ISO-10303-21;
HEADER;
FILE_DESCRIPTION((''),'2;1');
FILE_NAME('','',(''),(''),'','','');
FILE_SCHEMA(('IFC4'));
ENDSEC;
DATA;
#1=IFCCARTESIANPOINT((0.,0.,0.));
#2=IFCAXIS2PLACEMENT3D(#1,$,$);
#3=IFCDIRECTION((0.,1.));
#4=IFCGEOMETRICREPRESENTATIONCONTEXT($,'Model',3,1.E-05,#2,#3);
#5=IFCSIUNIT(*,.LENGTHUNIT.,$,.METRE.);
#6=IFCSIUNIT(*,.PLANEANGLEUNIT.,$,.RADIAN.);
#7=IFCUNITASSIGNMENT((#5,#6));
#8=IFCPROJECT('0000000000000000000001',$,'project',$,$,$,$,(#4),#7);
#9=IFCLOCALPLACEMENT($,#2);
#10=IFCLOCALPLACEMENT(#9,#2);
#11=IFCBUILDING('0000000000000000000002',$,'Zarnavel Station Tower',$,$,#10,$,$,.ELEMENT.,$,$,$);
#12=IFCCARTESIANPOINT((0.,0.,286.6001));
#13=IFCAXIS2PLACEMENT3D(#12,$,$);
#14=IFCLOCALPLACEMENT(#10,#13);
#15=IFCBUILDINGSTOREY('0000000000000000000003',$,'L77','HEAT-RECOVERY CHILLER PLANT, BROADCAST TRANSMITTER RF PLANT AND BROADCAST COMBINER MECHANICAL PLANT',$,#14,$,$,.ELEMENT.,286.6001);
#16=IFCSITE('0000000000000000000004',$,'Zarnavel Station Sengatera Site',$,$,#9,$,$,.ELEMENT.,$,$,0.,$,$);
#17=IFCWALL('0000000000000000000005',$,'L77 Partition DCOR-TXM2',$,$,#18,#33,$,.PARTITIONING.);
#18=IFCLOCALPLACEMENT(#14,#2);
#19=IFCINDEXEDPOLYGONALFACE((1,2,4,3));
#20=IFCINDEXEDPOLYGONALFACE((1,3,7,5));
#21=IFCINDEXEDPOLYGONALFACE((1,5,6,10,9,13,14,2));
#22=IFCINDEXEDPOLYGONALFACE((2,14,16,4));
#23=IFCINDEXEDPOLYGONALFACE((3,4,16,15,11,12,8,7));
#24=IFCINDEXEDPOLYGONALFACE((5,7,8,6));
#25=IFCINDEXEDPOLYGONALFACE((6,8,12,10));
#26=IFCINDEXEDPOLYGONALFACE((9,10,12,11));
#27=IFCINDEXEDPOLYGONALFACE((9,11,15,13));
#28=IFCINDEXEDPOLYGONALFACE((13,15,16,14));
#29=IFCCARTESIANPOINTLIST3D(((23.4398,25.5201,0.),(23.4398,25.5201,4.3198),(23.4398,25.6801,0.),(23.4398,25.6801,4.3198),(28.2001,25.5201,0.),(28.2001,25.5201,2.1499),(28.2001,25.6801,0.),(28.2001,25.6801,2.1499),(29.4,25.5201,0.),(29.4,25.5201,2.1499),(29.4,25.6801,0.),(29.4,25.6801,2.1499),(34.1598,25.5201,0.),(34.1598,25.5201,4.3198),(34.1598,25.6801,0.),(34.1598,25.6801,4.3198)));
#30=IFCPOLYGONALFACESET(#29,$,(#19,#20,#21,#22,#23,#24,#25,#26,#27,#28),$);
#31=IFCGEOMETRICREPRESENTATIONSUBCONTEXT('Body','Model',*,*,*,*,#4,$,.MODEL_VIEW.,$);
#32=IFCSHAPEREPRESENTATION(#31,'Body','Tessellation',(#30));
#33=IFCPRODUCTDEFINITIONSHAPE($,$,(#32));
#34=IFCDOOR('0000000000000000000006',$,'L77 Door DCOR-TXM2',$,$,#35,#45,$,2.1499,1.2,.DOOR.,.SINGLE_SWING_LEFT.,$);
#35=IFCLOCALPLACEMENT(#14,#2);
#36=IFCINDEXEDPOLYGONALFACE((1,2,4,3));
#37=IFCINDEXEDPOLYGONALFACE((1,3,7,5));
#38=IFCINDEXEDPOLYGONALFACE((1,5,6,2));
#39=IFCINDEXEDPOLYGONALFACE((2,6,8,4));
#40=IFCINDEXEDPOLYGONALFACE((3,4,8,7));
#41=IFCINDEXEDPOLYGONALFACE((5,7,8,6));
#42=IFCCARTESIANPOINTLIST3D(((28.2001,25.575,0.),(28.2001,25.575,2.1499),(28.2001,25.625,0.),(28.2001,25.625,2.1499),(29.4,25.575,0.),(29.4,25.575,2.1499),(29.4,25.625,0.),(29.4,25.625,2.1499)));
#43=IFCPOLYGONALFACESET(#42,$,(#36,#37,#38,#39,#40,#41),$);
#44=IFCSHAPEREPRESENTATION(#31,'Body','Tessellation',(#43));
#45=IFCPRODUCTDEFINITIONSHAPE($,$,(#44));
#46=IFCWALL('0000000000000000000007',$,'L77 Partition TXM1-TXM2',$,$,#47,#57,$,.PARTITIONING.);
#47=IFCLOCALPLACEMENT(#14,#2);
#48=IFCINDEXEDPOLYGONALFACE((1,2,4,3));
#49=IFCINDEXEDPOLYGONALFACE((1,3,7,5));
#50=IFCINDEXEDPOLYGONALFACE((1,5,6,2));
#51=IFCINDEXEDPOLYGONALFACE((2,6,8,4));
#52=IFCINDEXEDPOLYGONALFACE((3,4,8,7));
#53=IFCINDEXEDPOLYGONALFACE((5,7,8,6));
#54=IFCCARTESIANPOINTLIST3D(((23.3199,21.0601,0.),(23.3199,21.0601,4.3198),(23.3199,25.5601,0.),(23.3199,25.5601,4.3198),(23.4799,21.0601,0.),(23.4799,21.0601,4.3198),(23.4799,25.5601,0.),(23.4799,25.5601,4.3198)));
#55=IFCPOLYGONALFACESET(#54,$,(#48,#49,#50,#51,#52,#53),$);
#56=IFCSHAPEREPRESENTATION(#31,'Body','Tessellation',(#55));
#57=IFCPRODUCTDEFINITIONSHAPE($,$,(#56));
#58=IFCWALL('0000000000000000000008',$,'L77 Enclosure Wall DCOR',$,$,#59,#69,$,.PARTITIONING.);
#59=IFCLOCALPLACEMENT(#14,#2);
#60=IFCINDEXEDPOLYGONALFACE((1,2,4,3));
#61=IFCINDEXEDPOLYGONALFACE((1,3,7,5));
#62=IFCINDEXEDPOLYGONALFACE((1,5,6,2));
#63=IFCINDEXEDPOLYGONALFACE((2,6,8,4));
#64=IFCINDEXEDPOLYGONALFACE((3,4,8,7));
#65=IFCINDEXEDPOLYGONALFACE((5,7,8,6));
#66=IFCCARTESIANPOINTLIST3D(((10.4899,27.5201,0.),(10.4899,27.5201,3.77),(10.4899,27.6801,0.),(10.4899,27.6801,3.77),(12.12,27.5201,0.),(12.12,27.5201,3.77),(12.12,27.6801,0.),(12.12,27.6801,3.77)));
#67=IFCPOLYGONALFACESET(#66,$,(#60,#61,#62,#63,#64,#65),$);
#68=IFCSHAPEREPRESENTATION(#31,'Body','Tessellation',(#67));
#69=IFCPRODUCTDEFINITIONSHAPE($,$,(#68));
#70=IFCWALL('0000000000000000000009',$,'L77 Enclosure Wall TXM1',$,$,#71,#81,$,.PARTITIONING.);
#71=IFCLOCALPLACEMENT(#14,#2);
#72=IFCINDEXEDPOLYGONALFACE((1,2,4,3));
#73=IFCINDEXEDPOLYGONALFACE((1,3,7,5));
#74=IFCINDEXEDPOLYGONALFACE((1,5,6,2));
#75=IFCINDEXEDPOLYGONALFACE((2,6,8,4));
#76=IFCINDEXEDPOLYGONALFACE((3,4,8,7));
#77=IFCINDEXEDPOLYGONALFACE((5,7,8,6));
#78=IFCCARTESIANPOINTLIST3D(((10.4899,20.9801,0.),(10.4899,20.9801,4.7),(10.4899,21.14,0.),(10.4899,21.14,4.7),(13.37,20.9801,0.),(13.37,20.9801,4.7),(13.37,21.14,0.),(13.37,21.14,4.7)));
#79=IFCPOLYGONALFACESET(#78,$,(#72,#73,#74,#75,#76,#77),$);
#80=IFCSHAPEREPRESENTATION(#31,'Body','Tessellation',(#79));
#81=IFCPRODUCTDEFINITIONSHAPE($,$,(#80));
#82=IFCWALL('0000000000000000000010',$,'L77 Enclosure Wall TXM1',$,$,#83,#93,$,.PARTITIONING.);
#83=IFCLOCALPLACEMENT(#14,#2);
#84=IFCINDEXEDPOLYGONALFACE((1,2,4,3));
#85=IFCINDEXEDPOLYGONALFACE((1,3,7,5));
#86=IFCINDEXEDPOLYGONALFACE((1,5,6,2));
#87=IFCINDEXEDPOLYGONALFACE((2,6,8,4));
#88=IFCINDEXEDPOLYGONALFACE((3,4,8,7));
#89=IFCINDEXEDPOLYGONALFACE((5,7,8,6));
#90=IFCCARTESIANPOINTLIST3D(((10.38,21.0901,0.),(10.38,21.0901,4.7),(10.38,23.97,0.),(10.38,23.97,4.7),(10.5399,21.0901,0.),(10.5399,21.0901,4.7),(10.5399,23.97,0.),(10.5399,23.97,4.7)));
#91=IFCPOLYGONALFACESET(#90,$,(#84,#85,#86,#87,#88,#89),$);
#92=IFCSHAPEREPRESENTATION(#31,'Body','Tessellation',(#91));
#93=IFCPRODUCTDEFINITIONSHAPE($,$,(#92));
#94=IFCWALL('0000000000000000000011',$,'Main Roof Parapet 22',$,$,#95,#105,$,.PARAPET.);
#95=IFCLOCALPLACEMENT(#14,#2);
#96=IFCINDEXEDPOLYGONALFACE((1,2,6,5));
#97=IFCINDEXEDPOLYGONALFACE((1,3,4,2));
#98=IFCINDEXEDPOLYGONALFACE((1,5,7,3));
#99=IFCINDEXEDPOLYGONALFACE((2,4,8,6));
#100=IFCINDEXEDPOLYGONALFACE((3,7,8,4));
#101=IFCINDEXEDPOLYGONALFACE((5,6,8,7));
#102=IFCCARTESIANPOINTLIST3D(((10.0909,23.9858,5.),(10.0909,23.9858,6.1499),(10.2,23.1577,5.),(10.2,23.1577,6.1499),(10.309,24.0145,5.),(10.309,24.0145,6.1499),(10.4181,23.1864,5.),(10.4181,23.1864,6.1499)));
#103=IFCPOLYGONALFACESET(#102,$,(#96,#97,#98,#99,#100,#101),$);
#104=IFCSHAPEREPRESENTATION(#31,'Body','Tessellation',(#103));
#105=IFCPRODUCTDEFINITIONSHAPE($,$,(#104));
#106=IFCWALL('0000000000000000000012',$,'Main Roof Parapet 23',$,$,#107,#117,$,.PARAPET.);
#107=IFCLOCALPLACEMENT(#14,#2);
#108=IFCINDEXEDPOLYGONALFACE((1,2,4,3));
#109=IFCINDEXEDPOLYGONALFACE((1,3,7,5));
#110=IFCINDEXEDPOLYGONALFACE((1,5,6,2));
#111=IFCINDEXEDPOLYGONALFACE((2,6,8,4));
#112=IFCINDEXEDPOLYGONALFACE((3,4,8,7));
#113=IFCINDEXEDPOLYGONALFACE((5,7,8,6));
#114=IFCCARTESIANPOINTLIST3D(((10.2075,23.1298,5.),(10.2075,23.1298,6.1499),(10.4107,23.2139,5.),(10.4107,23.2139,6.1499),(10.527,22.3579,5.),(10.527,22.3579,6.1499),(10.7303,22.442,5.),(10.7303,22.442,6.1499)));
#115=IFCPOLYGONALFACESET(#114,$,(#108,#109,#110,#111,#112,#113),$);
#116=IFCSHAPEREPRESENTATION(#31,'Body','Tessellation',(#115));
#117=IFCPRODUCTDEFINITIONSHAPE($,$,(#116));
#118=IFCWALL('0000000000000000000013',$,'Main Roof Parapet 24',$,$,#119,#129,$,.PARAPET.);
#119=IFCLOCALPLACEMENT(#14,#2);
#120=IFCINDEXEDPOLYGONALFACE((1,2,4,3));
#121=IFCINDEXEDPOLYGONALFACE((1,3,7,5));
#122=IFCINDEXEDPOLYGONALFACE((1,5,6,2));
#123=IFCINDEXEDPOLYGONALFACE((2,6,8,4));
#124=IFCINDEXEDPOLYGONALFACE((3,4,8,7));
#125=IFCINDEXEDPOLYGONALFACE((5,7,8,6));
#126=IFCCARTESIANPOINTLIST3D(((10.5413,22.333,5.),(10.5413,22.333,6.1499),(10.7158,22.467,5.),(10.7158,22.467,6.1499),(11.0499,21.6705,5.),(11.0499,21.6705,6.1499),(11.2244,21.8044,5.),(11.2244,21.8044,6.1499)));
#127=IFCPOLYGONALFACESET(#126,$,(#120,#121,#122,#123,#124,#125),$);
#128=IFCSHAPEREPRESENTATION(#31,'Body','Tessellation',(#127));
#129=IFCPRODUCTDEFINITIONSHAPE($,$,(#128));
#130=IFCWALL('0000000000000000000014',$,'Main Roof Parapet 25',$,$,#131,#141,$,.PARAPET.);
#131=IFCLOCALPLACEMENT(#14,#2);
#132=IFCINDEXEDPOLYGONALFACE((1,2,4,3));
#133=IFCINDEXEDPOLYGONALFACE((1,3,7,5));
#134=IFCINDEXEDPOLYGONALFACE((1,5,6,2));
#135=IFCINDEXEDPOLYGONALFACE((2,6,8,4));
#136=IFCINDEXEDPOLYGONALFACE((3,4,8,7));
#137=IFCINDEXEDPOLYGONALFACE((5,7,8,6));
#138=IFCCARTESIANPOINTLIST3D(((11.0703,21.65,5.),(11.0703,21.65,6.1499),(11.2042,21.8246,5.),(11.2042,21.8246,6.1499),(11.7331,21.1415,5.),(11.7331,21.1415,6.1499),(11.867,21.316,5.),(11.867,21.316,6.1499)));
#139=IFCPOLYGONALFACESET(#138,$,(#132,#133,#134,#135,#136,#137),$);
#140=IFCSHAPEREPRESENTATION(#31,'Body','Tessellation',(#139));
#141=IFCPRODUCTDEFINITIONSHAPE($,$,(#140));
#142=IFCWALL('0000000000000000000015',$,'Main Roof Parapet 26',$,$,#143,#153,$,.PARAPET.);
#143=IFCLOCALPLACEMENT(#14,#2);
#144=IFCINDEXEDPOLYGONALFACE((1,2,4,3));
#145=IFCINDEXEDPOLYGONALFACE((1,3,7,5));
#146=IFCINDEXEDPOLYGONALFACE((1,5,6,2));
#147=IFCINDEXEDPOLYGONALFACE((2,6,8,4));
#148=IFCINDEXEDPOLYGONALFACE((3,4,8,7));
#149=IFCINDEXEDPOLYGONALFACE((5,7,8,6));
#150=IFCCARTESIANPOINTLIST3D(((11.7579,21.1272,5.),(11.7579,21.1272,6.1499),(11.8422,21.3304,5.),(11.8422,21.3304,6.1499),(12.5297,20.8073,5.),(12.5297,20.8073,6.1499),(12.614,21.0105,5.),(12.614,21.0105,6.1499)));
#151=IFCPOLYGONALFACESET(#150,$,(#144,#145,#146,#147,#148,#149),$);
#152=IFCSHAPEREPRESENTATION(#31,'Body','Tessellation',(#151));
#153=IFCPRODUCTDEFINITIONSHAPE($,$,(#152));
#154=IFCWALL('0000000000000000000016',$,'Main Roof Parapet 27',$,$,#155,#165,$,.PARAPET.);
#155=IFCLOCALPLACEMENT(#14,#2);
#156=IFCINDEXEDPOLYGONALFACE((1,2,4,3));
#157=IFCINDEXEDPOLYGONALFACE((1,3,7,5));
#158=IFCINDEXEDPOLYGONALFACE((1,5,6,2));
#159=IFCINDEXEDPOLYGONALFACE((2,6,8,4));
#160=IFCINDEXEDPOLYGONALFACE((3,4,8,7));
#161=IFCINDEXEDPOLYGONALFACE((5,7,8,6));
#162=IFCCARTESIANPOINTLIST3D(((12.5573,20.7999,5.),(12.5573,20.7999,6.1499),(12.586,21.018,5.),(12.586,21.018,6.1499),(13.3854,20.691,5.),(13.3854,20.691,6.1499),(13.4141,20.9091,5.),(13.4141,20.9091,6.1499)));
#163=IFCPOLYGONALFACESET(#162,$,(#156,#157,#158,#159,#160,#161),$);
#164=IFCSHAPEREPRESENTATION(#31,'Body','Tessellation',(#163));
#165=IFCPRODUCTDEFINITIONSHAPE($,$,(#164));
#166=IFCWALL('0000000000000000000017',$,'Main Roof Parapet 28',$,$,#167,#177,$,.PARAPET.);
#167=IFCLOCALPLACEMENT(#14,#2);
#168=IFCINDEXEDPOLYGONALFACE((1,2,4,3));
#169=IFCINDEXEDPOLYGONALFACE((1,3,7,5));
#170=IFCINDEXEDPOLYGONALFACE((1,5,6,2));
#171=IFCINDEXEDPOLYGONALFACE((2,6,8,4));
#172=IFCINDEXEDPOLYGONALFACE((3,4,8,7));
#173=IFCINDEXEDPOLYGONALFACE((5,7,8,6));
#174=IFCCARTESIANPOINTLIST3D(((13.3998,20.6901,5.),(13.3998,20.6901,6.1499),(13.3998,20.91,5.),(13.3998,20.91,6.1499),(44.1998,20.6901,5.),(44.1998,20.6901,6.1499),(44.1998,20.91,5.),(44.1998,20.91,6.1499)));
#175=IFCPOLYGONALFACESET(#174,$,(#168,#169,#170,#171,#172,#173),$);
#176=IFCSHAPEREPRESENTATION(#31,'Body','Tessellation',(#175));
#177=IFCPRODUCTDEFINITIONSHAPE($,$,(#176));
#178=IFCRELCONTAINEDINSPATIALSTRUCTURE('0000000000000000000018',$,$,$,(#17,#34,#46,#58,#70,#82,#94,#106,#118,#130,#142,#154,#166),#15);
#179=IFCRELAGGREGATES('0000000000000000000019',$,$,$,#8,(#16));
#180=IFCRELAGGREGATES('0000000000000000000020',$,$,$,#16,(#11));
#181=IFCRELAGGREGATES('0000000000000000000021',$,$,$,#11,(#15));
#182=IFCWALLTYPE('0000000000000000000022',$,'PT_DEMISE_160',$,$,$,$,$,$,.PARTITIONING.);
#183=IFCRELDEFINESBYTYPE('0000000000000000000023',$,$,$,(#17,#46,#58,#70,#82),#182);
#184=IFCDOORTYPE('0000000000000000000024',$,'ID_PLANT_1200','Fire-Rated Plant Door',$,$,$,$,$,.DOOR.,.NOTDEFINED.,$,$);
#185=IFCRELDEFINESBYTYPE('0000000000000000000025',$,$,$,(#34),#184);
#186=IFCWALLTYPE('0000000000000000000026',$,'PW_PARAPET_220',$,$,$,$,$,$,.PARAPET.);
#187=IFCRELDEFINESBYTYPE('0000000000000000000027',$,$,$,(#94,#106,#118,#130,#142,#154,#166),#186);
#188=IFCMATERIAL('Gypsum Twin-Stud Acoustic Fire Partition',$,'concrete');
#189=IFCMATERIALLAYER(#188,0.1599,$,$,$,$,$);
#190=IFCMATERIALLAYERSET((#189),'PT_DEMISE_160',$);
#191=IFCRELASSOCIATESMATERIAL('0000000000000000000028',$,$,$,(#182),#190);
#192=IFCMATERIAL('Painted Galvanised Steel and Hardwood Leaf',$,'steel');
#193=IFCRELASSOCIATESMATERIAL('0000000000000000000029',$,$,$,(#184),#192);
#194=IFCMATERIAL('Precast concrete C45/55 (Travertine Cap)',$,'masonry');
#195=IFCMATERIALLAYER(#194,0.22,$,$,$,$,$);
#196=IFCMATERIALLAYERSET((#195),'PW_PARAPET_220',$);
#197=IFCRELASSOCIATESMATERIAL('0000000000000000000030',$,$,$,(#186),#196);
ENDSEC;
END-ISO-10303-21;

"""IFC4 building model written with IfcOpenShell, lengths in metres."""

from ifc_helpers import new_model, si_unit, direction, frame, frame_2d, origin, place, context, subcontext, project, spatial, rectangle, extrude, material, layer, layer_set, type_object, element, fill, save


model = new_model("IFC4")

# Units and contexts
model_context = context("Model", 3, precision=1e-05, world=origin(), true_north=direction((0.0, 1.0)))
body_context = subcontext(model_context, "Body", "Model", "MODEL_VIEW")
ifc_project = project(units=[si_unit("LENGTHUNIT", "METRE"), si_unit("PLANEANGLEUNIT", "RADIAN")], contexts=[model_context])

# Site, building, storey
site_placement = place(None, origin())
site = spatial("IfcSite", under=ifc_project, at=site_placement, Name="Zarnavel Station Sengatera Site", CompositionType="ELEMENT", RefElevation=0.0)
building_placement = place(site_placement, origin())
building = spatial("IfcBuilding", under=site, at=building_placement, Name="Zarnavel Station Tower", CompositionType="ELEMENT")
storey_placement = place(building_placement, frame((0.0, 0.0, 286.6001)))
storey = spatial("IfcBuildingStorey", under=building, at=storey_placement, Name="L77", Description="HEAT-RECOVERY CHILLER PLANT, BROADCAST TRANSMITTER RF PLANT AND BROADCAST COMBINER MECHANICAL PLANT", CompositionType="ELEMENT", Elevation=286.6001)

# Wall, opening, door
ifc_material_1 = material(Name="Gypsum Twin-Stud Acoustic Fire Partition", Category="concrete")
ifc_layer_1 = layer(ifc_material_1, 0.1599)
ifc_layer_set_1 = layer_set([ifc_layer_1], Name="PT_DEMISE_160")
wall_type_1 = type_object("IfcWallType", Name="PT_DEMISE_160", PredefinedType="PARTITIONING", material=ifc_layer_set_1)
ifc_material_2 = material(Name="Painted Galvanised Steel and Hardwood Leaf", Category="steel")
door_type_1 = type_object("IfcDoorType", Name="ID_PLANT_1200", Description="Fire-Rated Plant Door", OperationType="NOTDEFINED", PredefinedType="DOOR", material=ifc_material_2)
wall_1_placement = place(storey_placement, frame((23.4399, 25.6001, 0.0), z_axis=(0.0, 0.0, 1.0), x_axis=(1.0, 0.0, 0.0)))
wall_1 = element("IfcWall", 1, at=wall_1_placement, inside=storey, type_object=wall_type_1, Name="L77 Partition DCOR-TXM2", PredefinedType="PARTITIONING", context=body_context, shape_type="SweptSolid", body=[
    extrude(rectangle(XDim=10.72, YDim=0.1599, at=frame_2d((5.3599, 0.0))), origin(), (0.0, 0.0, 1.0), 4.3198),
])
opening_1_placement = place(wall_1_placement, frame((4.76, 0.0, 0.0)))
opening_1 = element("IfcOpeningElement", 2, at=opening_1_placement, cuts=wall_1, PredefinedType="OPENING", context=body_context, shape_type="SweptSolid", body=[
    extrude(rectangle(XDim=1.2, YDim=2.1499, at=frame_2d((0.6001, 1.075))), frame((0.0, 0.0898, 0.0), z_axis=(0.0, -1.0, 0.0), x_axis=(1.0, 0.0, 0.0)), (0.0, 0.0, 1.0), 0.1799),
])
door_1_placement = place(opening_1_placement, origin())
door_1 = element("IfcDoor", 3, at=door_1_placement, inside=storey, type_object=door_type_1, Name="L77 Door DCOR-TXM2", OperationType="SINGLE_SWING_LEFT", OverallHeight=2.1499, OverallWidth=1.2, PredefinedType="DOOR", context=body_context, shape_type="SweptSolid", body=[
    extrude(rectangle(XDim=1.2, YDim=2.1499, at=frame_2d((0.6001, 1.075))), frame((0.0, 0.0249, 0.0), z_axis=(0.0, -1.0, 0.0), x_axis=(1.0, 0.0, 0.0)), (0.0, 0.0, 1.0), 0.05),
])
fill(opening_1, door_1)

# Walls
wall_2_placement = place(storey_placement, frame((23.3999, 21.0601, 0.0), z_axis=(0.0, 0.0, 1.0), x_axis=(0.0, 1.0, 0.0)))
element("IfcWall", 4, at=wall_2_placement, inside=storey, type_object=wall_type_1, Name="L77 Partition TXM1-TXM2", PredefinedType="PARTITIONING", context=body_context, shape_type="SweptSolid", body=[
    extrude(rectangle(XDim=4.5, YDim=0.1599, at=frame_2d((2.25, 0.0))), origin(), (0.0, 0.0, 1.0), 4.3198),
])
wall_3_placement = place(storey_placement, frame((10.49, 27.6001, 0.0), z_axis=(0.0, 0.0, 1.0), x_axis=(1.0, 0.0, 0.0)))
element("IfcWall", 5, at=wall_3_placement, inside=storey, type_object=wall_type_1, Name="L77 Enclosure Wall DCOR", PredefinedType="PARTITIONING", context=body_context, shape_type="SweptSolid", body=[
    extrude(rectangle(XDim=1.6301, YDim=0.1599, at=frame_2d((0.8149, 0.0))), origin(), (0.0, 0.0, 1.0), 3.77),
])
wall_4_placement = place(storey_placement, frame((10.49, 21.0601, 0.0), z_axis=(0.0, 0.0, 1.0), x_axis=(1.0, 0.0, 0.0)))
element("IfcWall", 6, at=wall_4_placement, inside=storey, type_object=wall_type_1, Name="L77 Enclosure Wall TXM1", PredefinedType="PARTITIONING", context=body_context, shape_type="SweptSolid", body=[
    extrude(rectangle(XDim=2.8801, YDim=0.1599, at=frame_2d((1.4399, 0.0))), origin(), (0.0, 0.0, 1.0), 4.7),
])
wall_5_placement = place(storey_placement, frame((10.46, 21.0901, 0.0), z_axis=(0.0, 0.0, 1.0), x_axis=(0.0, 1.0, 0.0)))
element("IfcWall", 7, at=wall_5_placement, inside=storey, type_object=wall_type_1, Name="L77 Enclosure Wall TXM1", PredefinedType="PARTITIONING", context=body_context, shape_type="SweptSolid", body=[
    extrude(rectangle(XDim=2.8799, YDim=0.1599, at=frame_2d((1.4399, 0.0))), origin(), (0.0, 0.0, 1.0), 4.7),
])
ifc_material_3 = material(Name="Precast concrete C45/55 (Travertine Cap)", Category="masonry")
ifc_layer_2 = layer(ifc_material_3, 0.22)
ifc_layer_set_2 = layer_set([ifc_layer_2], Name="PW_PARAPET_220")
wall_type_2 = type_object("IfcWallType", Name="PW_PARAPET_220", PredefinedType="PARAPET", material=ifc_layer_set_2)
wall_6_placement = place(storey_placement, frame((10.2, 24.0, 5.0), z_axis=(0.0, 0.0, 1.0), x_axis=(0.130651, -0.991428, 0.0)))
element("IfcWall", 8, at=wall_6_placement, inside=storey, type_object=wall_type_2, Name="Main Roof Parapet 22", PredefinedType="PARAPET", context=body_context, shape_type="SweptSolid", body=[
    extrude(rectangle(XDim=0.8352, YDim=0.22, at=frame_2d((0.4175, 0.0))), origin(), (0.0, 0.0, 1.0), 1.1499),
])
wall_7_placement = place(storey_placement, frame((10.3091, 23.1719, 5.0), z_axis=(0.0, 0.0, 1.0), x_axis=(0.382498, -0.923956, 0.0)))
element("IfcWall", 9, at=wall_7_placement, inside=storey, type_object=wall_type_2, Name="Main Roof Parapet 23", PredefinedType="PARAPET", context=body_context, shape_type="SweptSolid", body=[
    extrude(rectangle(XDim=0.8354, YDim=0.22, at=frame_2d((0.4177, 0.0))), origin(), (0.0, 0.0, 1.0), 1.1499),
])
wall_8_placement = place(storey_placement, frame((10.6287, 22.3999, 5.0), z_axis=(0.0, 0.0, 1.0), x_axis=(0.608849, -0.793286, 0.0)))
element("IfcWall", 10, at=wall_8_placement, inside=storey, type_object=wall_type_2, Name="Main Roof Parapet 24", PredefinedType="PARAPET", context=body_context, shape_type="SweptSolid", body=[
    extrude(rectangle(XDim=0.8352, YDim=0.22, at=frame_2d((0.4175, 0.0))), origin(), (0.0, 0.0, 1.0), 1.1499),
])
for number, where, z_axis, x_axis, name in (
    (11, (11.1372, 21.7373, 5.0), (0.0, 0.0, 1.0), (0.793395, -0.608708, 0.0), "Main Roof Parapet 25"),
    (12, (11.8, 21.2288, 5.0), (0.0, 0.0, 1.0), (0.92381, -0.382851, 0.0), "Main Roof Parapet 26"),
):
    element("IfcWall", number, at=place(storey_placement, frame(where, z_axis=z_axis, x_axis=x_axis)), inside=storey, type_object=wall_type_2, Name=name, PredefinedType="PARAPET", context=body_context, shape_type="SweptSolid", body=[
        extrude(rectangle(XDim=0.8354, YDim=0.22, at=frame_2d((0.4177, 0.0))), origin(), (0.0, 0.0, 1.0), 1.1499),
    ])
wall_9_placement = place(storey_placement, frame((12.5718, 20.9089, 5.0), z_axis=(0.0, 0.0, 1.0), x_axis=(0.991466, -0.130364, 0.0)))
element("IfcWall", 13, at=wall_9_placement, inside=storey, type_object=wall_type_2, Name="Main Roof Parapet 27", PredefinedType="PARAPET", context=body_context, shape_type="SweptSolid", body=[
    extrude(rectangle(XDim=0.8352, YDim=0.22, at=frame_2d((0.4175, 0.0))), origin(), (0.0, 0.0, 1.0), 1.1499),
])
wall_10_placement = place(storey_placement, frame((13.3999, 20.8, 5.0), z_axis=(0.0, 0.0, 1.0), x_axis=(1.0, 0.0, 0.0)))
element("IfcWall", 14, at=wall_10_placement, inside=storey, type_object=wall_type_2, Name="Main Roof Parapet 28", PredefinedType="PARAPET", context=body_context, shape_type="SweptSolid", body=[
    extrude(rectangle(XDim=30.8, YDim=0.22, at=frame_2d((15.3999, 0.0))), origin(), (0.0, 0.0, 1.0), 1.1499),
])

save(model, "model.ifc")
